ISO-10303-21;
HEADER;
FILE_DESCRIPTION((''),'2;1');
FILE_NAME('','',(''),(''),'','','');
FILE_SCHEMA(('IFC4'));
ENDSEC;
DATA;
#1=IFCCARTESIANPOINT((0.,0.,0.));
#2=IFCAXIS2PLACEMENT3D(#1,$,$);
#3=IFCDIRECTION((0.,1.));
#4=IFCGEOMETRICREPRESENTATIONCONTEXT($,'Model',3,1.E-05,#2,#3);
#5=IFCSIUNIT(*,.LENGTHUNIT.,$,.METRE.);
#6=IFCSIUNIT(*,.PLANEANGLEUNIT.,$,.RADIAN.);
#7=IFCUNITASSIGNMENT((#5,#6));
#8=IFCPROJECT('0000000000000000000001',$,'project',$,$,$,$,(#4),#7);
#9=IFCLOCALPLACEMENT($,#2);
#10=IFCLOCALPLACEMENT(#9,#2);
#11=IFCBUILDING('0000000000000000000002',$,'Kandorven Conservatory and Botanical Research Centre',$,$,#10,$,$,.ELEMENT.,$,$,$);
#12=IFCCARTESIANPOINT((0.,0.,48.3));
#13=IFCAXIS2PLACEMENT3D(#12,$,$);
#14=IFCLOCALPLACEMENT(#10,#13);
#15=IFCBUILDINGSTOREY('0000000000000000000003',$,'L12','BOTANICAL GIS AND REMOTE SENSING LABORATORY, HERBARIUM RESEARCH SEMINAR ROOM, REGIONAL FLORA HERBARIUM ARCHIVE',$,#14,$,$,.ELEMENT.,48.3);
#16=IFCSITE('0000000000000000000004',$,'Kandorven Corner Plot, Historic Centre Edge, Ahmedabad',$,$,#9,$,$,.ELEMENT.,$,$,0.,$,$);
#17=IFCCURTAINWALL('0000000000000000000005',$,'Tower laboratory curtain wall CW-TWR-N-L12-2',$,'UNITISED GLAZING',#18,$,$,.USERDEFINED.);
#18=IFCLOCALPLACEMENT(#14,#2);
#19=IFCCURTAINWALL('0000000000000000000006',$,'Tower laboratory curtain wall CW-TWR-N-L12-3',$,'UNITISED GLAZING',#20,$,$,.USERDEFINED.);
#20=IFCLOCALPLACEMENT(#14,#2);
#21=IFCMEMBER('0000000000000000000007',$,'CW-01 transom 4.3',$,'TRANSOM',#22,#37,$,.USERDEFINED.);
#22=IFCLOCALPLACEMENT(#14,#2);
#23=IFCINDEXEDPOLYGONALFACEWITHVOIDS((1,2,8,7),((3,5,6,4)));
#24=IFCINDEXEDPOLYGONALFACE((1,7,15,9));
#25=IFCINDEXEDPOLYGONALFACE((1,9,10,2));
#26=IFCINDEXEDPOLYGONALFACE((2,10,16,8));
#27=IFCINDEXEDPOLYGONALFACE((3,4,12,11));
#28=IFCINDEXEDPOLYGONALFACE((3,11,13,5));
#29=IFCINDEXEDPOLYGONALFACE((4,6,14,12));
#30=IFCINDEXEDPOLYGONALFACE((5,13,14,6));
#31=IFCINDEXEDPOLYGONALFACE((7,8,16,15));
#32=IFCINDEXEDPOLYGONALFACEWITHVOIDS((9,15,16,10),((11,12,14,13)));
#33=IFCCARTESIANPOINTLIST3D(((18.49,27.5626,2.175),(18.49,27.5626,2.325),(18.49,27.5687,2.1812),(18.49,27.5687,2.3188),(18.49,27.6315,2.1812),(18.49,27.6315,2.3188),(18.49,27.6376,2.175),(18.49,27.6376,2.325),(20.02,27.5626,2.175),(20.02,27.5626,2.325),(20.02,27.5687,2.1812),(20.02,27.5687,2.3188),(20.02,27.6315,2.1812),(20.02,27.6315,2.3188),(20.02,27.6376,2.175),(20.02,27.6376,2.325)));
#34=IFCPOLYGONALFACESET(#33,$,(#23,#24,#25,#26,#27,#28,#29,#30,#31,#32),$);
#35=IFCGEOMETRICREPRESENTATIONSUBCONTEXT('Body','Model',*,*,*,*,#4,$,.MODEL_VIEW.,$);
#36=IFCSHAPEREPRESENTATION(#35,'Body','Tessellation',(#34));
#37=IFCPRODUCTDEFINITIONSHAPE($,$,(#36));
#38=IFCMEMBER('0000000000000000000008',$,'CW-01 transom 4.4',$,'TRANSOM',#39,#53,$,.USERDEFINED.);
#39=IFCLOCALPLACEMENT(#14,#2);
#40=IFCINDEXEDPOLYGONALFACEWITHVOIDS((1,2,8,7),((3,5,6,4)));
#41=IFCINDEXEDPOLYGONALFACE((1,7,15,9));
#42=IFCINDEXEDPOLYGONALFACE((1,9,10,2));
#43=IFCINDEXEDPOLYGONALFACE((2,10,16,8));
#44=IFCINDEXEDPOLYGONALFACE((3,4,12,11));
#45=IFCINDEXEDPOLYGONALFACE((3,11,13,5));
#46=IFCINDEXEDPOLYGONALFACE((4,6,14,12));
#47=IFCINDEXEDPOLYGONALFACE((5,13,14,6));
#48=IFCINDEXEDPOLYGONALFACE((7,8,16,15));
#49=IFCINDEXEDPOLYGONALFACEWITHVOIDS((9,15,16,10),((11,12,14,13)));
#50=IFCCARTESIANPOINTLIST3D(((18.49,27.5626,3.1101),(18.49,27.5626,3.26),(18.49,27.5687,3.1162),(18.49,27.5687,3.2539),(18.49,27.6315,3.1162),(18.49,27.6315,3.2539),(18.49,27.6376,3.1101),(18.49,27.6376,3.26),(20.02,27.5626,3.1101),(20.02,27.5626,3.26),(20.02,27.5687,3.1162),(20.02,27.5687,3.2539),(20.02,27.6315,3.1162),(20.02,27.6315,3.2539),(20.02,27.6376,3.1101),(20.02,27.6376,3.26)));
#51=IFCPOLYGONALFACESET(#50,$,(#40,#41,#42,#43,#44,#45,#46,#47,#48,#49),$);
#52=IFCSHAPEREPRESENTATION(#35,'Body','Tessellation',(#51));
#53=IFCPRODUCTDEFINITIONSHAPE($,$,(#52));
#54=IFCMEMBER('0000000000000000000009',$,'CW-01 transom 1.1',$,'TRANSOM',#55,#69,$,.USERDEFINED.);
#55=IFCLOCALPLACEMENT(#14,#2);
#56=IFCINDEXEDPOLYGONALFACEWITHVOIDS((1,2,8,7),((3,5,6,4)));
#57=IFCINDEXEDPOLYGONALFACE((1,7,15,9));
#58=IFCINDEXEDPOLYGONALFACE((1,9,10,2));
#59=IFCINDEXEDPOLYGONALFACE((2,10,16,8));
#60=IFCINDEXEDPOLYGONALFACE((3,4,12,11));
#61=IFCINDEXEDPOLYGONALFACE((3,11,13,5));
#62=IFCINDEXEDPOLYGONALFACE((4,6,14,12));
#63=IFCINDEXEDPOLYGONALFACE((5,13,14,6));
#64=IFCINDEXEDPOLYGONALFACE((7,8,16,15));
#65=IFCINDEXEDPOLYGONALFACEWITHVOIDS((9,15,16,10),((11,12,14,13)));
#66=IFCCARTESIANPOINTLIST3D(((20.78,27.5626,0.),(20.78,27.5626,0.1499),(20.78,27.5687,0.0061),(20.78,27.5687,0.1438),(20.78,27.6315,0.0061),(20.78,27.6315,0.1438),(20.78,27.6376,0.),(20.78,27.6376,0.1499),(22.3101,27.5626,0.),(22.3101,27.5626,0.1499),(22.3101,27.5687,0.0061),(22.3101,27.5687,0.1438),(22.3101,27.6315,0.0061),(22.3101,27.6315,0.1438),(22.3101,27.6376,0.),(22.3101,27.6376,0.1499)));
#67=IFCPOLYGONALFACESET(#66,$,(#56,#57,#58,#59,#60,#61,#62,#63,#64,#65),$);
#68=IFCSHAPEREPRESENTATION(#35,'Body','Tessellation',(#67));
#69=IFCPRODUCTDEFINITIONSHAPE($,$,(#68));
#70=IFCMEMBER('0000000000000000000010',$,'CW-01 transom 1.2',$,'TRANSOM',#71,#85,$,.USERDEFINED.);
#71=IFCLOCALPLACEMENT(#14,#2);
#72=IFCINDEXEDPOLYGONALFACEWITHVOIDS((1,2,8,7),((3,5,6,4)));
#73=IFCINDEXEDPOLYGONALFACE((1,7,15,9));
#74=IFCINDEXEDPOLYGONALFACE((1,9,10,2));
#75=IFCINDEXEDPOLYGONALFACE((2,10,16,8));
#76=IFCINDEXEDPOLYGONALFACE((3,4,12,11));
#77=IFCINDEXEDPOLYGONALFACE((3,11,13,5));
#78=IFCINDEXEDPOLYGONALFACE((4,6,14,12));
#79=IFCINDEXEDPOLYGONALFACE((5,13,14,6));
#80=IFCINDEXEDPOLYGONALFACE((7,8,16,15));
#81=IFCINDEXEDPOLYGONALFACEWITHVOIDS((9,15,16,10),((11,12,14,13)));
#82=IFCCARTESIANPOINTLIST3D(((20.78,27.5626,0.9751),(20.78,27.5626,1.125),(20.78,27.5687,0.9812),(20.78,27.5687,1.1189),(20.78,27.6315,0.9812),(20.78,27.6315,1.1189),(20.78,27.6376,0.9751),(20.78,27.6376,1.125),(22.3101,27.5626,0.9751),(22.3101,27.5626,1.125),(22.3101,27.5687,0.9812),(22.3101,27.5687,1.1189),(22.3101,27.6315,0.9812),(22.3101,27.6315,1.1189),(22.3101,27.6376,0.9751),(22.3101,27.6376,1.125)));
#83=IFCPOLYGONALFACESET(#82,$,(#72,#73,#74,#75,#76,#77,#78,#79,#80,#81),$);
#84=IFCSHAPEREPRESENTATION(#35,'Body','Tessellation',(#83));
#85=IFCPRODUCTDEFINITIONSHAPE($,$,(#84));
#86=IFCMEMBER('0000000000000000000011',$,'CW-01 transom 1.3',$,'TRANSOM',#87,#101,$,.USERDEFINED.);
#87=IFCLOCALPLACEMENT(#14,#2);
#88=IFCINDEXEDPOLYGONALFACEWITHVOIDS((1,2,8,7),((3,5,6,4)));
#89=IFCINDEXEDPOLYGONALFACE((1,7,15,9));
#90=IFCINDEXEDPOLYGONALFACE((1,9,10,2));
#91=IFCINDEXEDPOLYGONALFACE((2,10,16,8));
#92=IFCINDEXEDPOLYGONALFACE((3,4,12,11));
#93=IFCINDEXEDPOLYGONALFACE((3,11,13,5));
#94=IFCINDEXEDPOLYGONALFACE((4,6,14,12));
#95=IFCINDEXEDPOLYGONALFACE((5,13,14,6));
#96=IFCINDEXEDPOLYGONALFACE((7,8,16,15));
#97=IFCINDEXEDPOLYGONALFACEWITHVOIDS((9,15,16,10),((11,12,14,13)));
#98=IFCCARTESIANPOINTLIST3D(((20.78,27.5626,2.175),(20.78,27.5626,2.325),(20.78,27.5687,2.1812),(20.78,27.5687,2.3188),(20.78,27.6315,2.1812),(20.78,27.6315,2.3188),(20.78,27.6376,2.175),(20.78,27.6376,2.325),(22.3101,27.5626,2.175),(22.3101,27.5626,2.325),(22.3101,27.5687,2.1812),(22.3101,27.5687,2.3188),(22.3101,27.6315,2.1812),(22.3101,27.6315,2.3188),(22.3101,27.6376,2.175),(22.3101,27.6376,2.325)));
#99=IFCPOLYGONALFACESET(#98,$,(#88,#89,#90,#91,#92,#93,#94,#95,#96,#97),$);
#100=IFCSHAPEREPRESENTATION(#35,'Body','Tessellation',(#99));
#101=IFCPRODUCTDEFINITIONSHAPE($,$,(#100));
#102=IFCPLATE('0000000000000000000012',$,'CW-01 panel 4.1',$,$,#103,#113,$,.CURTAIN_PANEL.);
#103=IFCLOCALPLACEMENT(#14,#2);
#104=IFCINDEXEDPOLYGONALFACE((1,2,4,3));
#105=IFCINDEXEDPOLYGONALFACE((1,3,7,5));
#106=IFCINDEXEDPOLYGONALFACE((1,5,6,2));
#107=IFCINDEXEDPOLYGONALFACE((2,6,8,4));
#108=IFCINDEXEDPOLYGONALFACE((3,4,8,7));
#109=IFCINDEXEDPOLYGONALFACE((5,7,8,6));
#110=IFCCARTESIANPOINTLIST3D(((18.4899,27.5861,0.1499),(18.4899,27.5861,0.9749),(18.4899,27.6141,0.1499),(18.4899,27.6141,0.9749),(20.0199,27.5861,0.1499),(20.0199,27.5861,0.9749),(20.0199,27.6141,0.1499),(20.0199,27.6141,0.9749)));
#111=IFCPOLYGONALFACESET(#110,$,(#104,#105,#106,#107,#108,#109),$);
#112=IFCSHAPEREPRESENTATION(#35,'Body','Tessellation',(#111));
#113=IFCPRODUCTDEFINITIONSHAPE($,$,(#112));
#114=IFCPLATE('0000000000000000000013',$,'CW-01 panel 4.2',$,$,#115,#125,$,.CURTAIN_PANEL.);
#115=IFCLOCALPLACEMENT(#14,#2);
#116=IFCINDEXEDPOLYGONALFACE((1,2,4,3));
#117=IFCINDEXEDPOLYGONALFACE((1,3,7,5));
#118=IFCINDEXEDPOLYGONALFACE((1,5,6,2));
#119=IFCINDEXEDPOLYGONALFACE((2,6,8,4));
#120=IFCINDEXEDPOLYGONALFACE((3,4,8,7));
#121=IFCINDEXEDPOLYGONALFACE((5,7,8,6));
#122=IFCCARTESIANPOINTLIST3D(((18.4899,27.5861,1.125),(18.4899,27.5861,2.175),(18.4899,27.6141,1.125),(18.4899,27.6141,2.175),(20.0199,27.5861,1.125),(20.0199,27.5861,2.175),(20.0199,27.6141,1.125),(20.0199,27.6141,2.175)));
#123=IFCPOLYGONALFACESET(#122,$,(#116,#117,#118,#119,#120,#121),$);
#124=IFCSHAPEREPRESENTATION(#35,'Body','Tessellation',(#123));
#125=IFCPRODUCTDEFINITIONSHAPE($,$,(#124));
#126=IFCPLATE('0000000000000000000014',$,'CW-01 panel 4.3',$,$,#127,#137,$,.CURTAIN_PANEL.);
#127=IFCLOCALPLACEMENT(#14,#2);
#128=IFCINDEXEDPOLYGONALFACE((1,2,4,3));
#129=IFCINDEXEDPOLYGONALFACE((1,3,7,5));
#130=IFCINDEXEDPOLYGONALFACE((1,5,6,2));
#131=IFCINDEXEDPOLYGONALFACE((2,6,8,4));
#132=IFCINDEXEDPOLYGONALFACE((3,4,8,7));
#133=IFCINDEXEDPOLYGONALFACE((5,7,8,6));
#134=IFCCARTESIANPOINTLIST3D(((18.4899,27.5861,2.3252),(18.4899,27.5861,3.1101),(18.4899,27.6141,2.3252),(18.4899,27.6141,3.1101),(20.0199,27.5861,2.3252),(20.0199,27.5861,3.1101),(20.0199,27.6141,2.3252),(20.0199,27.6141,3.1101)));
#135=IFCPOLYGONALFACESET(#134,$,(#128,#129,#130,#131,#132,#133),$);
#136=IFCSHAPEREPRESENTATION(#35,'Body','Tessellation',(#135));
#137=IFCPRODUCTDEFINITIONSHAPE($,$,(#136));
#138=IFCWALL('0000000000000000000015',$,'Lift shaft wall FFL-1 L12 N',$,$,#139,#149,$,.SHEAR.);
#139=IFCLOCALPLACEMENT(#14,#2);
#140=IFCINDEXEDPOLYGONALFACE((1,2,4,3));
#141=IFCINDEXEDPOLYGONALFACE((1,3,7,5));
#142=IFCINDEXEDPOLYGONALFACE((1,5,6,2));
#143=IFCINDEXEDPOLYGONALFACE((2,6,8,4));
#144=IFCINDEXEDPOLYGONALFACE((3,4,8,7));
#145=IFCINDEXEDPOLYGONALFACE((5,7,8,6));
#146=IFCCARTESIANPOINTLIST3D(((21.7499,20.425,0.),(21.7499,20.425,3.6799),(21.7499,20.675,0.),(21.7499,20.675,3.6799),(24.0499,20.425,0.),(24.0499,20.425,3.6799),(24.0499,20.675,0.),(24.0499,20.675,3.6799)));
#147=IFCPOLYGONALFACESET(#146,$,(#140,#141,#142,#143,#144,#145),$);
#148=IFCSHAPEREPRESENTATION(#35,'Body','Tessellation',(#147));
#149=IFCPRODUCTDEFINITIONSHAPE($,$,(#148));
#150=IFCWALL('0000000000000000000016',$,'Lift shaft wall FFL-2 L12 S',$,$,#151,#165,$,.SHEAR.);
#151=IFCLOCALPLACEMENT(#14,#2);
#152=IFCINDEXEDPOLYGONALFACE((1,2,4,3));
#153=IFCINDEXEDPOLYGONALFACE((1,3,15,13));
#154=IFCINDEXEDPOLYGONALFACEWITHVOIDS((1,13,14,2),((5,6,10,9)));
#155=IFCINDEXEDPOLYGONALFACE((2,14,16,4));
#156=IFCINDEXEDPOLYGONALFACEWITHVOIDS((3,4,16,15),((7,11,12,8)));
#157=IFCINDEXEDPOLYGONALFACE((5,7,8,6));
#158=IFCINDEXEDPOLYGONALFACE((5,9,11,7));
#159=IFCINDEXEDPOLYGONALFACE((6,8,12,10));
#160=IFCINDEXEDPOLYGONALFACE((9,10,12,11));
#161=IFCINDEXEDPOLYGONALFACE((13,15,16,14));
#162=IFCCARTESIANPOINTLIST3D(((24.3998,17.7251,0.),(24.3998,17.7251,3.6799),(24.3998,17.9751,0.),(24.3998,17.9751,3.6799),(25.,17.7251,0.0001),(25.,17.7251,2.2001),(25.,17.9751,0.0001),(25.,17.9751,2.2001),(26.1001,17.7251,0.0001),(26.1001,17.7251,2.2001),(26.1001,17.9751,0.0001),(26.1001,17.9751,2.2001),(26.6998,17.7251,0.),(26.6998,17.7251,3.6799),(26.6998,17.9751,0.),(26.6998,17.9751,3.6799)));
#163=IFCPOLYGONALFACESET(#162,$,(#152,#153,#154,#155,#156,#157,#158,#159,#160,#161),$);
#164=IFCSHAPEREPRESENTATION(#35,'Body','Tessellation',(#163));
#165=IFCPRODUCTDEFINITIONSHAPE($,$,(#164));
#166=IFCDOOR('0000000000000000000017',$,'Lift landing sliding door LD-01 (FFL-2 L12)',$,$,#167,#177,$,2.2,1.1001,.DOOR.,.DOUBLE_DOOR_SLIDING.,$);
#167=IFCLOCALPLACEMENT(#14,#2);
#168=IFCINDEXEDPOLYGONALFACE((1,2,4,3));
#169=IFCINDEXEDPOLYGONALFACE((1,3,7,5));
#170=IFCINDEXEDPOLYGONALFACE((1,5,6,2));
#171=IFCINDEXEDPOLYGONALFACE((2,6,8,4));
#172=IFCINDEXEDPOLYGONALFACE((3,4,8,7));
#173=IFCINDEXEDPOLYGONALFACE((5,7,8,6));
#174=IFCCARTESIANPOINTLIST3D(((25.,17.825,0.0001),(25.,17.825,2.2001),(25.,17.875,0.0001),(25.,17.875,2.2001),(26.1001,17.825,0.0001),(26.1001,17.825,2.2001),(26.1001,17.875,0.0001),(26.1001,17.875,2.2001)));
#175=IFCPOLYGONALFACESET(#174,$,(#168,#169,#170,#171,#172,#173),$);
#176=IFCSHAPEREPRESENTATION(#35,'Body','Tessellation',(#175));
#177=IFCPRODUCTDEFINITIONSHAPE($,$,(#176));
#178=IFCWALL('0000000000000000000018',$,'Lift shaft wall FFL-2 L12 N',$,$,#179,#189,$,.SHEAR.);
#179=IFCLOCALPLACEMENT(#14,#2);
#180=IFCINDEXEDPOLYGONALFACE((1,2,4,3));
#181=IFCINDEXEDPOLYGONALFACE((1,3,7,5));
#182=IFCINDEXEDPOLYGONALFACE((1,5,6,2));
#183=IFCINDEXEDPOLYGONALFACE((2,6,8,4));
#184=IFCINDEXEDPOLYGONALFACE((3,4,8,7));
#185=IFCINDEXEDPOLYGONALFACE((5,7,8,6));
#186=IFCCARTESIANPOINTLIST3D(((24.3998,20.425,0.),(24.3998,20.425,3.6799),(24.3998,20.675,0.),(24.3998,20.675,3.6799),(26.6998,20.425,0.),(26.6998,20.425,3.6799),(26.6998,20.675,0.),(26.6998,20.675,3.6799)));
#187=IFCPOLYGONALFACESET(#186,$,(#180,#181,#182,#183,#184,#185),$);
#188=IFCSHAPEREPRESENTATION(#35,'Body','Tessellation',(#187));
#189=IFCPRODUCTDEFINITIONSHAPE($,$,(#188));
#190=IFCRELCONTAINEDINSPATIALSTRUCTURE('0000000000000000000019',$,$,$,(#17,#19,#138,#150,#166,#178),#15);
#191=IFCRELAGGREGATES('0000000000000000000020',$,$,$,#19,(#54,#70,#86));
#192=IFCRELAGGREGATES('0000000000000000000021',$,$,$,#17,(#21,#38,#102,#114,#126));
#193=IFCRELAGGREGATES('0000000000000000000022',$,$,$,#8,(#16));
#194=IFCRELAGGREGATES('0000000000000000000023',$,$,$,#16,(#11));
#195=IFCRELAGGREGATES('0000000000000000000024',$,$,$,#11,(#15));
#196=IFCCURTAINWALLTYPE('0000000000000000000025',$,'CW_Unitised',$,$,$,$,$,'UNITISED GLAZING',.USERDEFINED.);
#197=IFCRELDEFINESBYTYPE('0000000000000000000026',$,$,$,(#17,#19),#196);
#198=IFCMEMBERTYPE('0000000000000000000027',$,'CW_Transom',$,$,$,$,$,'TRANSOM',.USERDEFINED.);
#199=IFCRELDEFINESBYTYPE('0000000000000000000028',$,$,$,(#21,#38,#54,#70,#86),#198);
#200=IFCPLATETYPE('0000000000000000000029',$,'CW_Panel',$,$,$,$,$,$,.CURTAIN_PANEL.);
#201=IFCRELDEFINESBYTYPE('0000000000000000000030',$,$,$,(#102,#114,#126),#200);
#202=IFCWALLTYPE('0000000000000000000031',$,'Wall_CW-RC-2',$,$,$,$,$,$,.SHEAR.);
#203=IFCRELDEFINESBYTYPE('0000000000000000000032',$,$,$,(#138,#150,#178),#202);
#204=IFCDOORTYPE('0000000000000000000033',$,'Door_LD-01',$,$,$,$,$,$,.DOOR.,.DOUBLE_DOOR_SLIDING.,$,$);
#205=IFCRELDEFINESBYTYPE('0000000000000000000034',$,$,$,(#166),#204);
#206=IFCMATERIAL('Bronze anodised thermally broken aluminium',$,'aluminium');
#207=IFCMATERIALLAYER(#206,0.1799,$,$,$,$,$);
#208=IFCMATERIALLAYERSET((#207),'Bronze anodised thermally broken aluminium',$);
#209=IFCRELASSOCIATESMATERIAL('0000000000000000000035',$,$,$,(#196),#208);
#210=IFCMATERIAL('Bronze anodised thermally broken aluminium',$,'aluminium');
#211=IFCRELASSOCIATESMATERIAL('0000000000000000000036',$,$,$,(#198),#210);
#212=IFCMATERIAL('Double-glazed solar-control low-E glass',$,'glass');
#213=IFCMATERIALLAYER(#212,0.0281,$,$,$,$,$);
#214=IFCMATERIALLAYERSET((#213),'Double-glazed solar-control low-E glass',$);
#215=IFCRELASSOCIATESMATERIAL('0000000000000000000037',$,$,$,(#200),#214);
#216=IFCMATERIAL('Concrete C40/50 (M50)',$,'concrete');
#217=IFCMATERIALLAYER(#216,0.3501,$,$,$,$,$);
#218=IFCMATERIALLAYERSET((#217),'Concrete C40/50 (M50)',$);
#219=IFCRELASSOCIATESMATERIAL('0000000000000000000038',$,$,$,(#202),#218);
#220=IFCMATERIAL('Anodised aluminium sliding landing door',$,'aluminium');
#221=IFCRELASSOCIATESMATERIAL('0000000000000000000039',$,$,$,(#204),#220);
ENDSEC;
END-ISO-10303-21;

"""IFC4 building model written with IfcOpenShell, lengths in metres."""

from ifc_helpers import new_model, si_unit, direction, frame, frame_2d, origin, origin_2d, place, context, subcontext, project, spatial, rectangle, hollow_rectangle, extrude, material, layer, layer_set, material_profile, profile_set, type_object, element, fill, aggregate, save


model = new_model("IFC4")

# Units and contexts
model_context = context("Model", 3, precision=1e-05, world=origin(), true_north=direction((0.0, 1.0)))
body_context = subcontext(model_context, "Body", "Model", "MODEL_VIEW")
ifc_project = project(units=[si_unit("LENGTHUNIT", "METRE"), si_unit("PLANEANGLEUNIT", "RADIAN")], contexts=[model_context])

# Site, building, storey
site_placement = place(None, origin())
site = spatial("IfcSite", under=ifc_project, at=site_placement, Name="Kandorven Corner Plot, Historic Centre Edge, Ahmedabad", CompositionType="ELEMENT", RefElevation=0.0)
building_placement = place(site_placement, origin())
building = spatial("IfcBuilding", under=site, at=building_placement, Name="Kandorven Conservatory and Botanical Research Centre", CompositionType="ELEMENT")
storey_placement = place(building_placement, frame((0.0, 0.0, 48.3)))
storey = spatial("IfcBuildingStorey", under=building, at=storey_placement, Name="L12", Description="BOTANICAL GIS AND REMOTE SENSING LABORATORY, HERBARIUM RESEARCH SEMINAR ROOM, REGIONAL FLORA HERBARIUM ARCHIVE", CompositionType="ELEMENT", Elevation=48.3)

# Curtain walls
ifc_material_1 = material(Name="Bronze anodised thermally broken aluminium", Category="aluminium")
ifc_layer_1 = layer(ifc_material_1, 0.1799)
ifc_layer_set_1 = layer_set([ifc_layer_1], Name="Bronze anodised thermally broken aluminium")
curtain_wall_type = type_object("IfcCurtainWallType", Name="CW_Unitised", ElementType="UNITISED GLAZING", PredefinedType="USERDEFINED", material=ifc_layer_set_1)
curtain_wall_1_placement = place(storey_placement, origin())
curtain_wall_1 = element("IfcCurtainWall", 1, at=curtain_wall_1_placement, inside=storey, type_object=curtain_wall_type, Name="Tower laboratory curtain wall CW-TWR-N-L12-2", ObjectType="UNITISED GLAZING", PredefinedType="USERDEFINED")
curtain_wall_2_placement = place(storey_placement, origin())
curtain_wall_2 = element("IfcCurtainWall", 2, at=curtain_wall_2_placement, inside=storey, type_object=curtain_wall_type, Name="Tower laboratory curtain wall CW-TWR-N-L12-3", ObjectType="UNITISED GLAZING", PredefinedType="USERDEFINED")

# Members
ifc_material_2 = material(Name="Bronze anodised thermally broken aluminium", Category="aluminium")
ifc_material_profile_1 = material_profile(ifc_material_2, hollow_rectangle(XDim=0.075, YDim=0.1499, WallThickness=0.0061, at=origin_2d()))
ifc_profile_set_1 = profile_set([ifc_material_profile_1], Name="Bronze anodised thermally broken aluminium")
member_type_1 = type_object("IfcMemberType", Name="CW_Transom", ElementType="TRANSOM", PredefinedType="USERDEFINED", material=ifc_profile_set_1)
member_1_placement = place(storey_placement, frame((18.49, 27.6001, 2.25), z_axis=(1.0, 0.0, 0.0), x_axis=(0.0, 1.0, 0.0)))
member_1 = element("IfcMember", 3, at=member_1_placement, type_object=member_type_1, Name="CW-01 transom 4.3", ObjectType="TRANSOM", PredefinedType="USERDEFINED", context=body_context, shape_type="SweptSolid", body=[
    extrude(hollow_rectangle(XDim=0.075, YDim=0.1499, WallThickness=0.0061, at=origin_2d()), origin(), (0.0, 0.0, 1.0), 1.53),
])
member_2_placement = place(storey_placement, frame((18.49, 27.6001, 3.1851), z_axis=(1.0, 0.0, 0.0), x_axis=(0.0, 1.0, 0.0)))
member_2 = element("IfcMember", 4, at=member_2_placement, type_object=member_type_1, Name="CW-01 transom 4.4", ObjectType="TRANSOM", PredefinedType="USERDEFINED", context=body_context, shape_type="SweptSolid", body=[
    extrude(hollow_rectangle(XDim=0.075, YDim=0.1499, WallThickness=0.0061, at=origin_2d()), origin(), (0.0, 0.0, 1.0), 1.53),
])
member_3_placement = place(storey_placement, frame((20.78, 27.6001, 0.075), z_axis=(1.0, 0.0, 0.0), x_axis=(0.0, 1.0, 0.0)))
member_3 = element("IfcMember", 5, at=member_3_placement, type_object=member_type_1, Name="CW-01 transom 1.1", ObjectType="TRANSOM", PredefinedType="USERDEFINED", context=body_context, shape_type="SweptSolid", body=[
    extrude(hollow_rectangle(XDim=0.075, YDim=0.1499, WallThickness=0.0061, at=origin_2d()), origin(), (0.0, 0.0, 1.0), 1.53),
])
member_4_placement = place(storey_placement, frame((20.78, 27.6001, 1.05), z_axis=(1.0, 0.0, 0.0), x_axis=(0.0, 1.0, 0.0)))
member_4 = element("IfcMember", 6, at=member_4_placement, type_object=member_type_1, Name="CW-01 transom 1.2", ObjectType="TRANSOM", PredefinedType="USERDEFINED", context=body_context, shape_type="SweptSolid", body=[
    extrude(hollow_rectangle(XDim=0.075, YDim=0.1499, WallThickness=0.0061, at=origin_2d()), origin(), (0.0, 0.0, 1.0), 1.53),
])
member_5_placement = place(storey_placement, frame((20.78, 27.6001, 2.25), z_axis=(1.0, 0.0, 0.0), x_axis=(0.0, 1.0, 0.0)))
member_5 = element("IfcMember", 7, at=member_5_placement, type_object=member_type_1, Name="CW-01 transom 1.3", ObjectType="TRANSOM", PredefinedType="USERDEFINED", context=body_context, shape_type="SweptSolid", body=[
    extrude(hollow_rectangle(XDim=0.075, YDim=0.1499, WallThickness=0.0061, at=origin_2d()), origin(), (0.0, 0.0, 1.0), 1.53),
])
aggregate(curtain_wall_2, [member_3, member_4, member_5])

# Plates
ifc_material_3 = material(Name="Double-glazed solar-control low-E glass", Category="glass")
ifc_layer_2 = layer(ifc_material_3, 0.0281)
ifc_layer_set_2 = layer_set([ifc_layer_2], Name="Double-glazed solar-control low-E glass")
plate_type = type_object("IfcPlateType", Name="CW_Panel", PredefinedType="CURTAIN_PANEL", material=ifc_layer_set_2)
plate_1_placement = place(storey_placement, frame((19.2549, 27.6001, 0.1499), z_axis=(0.0, 0.0, 1.0), x_axis=(1.0, 0.0, 0.0)))
plate_1 = element("IfcPlate", 8, at=plate_1_placement, type_object=plate_type, Name="CW-01 panel 4.1", PredefinedType="CURTAIN_PANEL", context=body_context, shape_type="SweptSolid", body=[
    extrude(rectangle(XDim=1.53, YDim=0.0281, at=origin_2d()), origin(), (0.0, 0.0, 1.0), 0.825),
])
plate_2_placement = place(storey_placement, frame((19.2549, 27.6001, 1.125), z_axis=(0.0, 0.0, 1.0), x_axis=(1.0, 0.0, 0.0)))
plate_2 = element("IfcPlate", 9, at=plate_2_placement, type_object=plate_type, Name="CW-01 panel 4.2", PredefinedType="CURTAIN_PANEL", context=body_context, shape_type="SweptSolid", body=[
    extrude(rectangle(XDim=1.53, YDim=0.0281, at=origin_2d()), origin(), (0.0, 0.0, 1.0), 1.05),
])
plate_3_placement = place(storey_placement, frame((19.2549, 27.6001, 2.3252), z_axis=(0.0, 0.0, 1.0), x_axis=(1.0, 0.0, 0.0)))
plate_3 = element("IfcPlate", 10, at=plate_3_placement, type_object=plate_type, Name="CW-01 panel 4.3", PredefinedType="CURTAIN_PANEL", context=body_context, shape_type="SweptSolid", body=[
    extrude(rectangle(XDim=1.53, YDim=0.0281, at=origin_2d()), origin(), (0.0, 0.0, 1.0), 0.7849),
])
aggregate(curtain_wall_1, [member_1, member_2, plate_1, plate_2, plate_3])

# Wall
ifc_material_4 = material(Name="Concrete C40/50 (M50)", Category="concrete")
ifc_layer_3 = layer(ifc_material_4, 0.3501)
ifc_layer_set_3 = layer_set([ifc_layer_3], Name="Concrete C40/50 (M50)")
wall_type_1 = type_object("IfcWallType", Name="Wall_CW-RC-2", PredefinedType="SHEAR", material=ifc_layer_set_3)
wall_1_placement = place(storey_placement, frame((21.75, 20.55, 0.0), z_axis=(0.0, 0.0, 1.0), x_axis=(1.0, 0.0, 0.0)))
element("IfcWall", 11, at=wall_1_placement, inside=storey, type_object=wall_type_1, Name="Lift shaft wall FFL-1 L12 N", PredefinedType="SHEAR", context=body_context, shape_type="SweptSolid", body=[
    extrude(rectangle(XDim=2.3, YDim=0.25, at=frame_2d((1.1499, 0.0))), origin(), (0.0, 0.0, 1.0), 3.6799),
])

# Wall, opening, door
wall_2_placement = place(storey_placement, frame((24.3999, 17.8501, 0.0), z_axis=(0.0, 0.0, 1.0), x_axis=(1.0, 0.0, 0.0)))
wall_2 = element("IfcWall", 12, at=wall_2_placement, inside=storey, type_object=wall_type_1, Name="Lift shaft wall FFL-2 L12 S", PredefinedType="SHEAR", context=body_context, shape_type="SweptSolid", body=[
    extrude(rectangle(XDim=2.3, YDim=0.25, at=frame_2d((1.1499, 0.0))), origin(), (0.0, 0.0, 1.0), 3.6799),
])
opening_1_placement = place(wall_2_placement, frame((0.6001, 0.0, 0.0)))
opening_1 = element("IfcOpeningElement", 13, at=opening_1_placement, cuts=wall_2, PredefinedType="OPENING", context=body_context, shape_type="SweptSolid", body=[
    extrude(rectangle(XDim=1.1001, YDim=2.2, at=frame_2d((0.55, 1.1001))), frame((0.0, 0.135, 0.0), z_axis=(0.0, -1.0, 0.0), x_axis=(1.0, 0.0, 0.0)), (0.0, 0.0, 1.0), 0.27),
])
ifc_material_5 = material(Name="Anodised aluminium sliding landing door", Category="aluminium")
door_type_1 = type_object("IfcDoorType", Name="Door_LD-01", OperationType="DOUBLE_DOOR_SLIDING", PredefinedType="DOOR", material=ifc_material_5)
door_1_placement = place(opening_1_placement, origin())
door_1 = element("IfcDoor", 14, at=door_1_placement, inside=storey, type_object=door_type_1, Name="Lift landing sliding door LD-01 (FFL-2 L12)", OperationType="DOUBLE_DOOR_SLIDING", OverallHeight=2.2, OverallWidth=1.1001, PredefinedType="DOOR", context=body_context, shape_type="SweptSolid", body=[
    extrude(rectangle(XDim=1.1001, YDim=2.2, at=frame_2d((0.55, 1.1001))), frame((0.0, 0.0249, 0.0), z_axis=(0.0, -1.0, 0.0), x_axis=(1.0, 0.0, 0.0)), (0.0, 0.0, 1.0), 0.05),
])
fill(opening_1, door_1)

# Wall
wall_3_placement = place(storey_placement, frame((24.3999, 20.55, 0.0), z_axis=(0.0, 0.0, 1.0), x_axis=(1.0, 0.0, 0.0)))
element("IfcWall", 15, at=wall_3_placement, inside=storey, type_object=wall_type_1, Name="Lift shaft wall FFL-2 L12 N", PredefinedType="SHEAR", context=body_context, shape_type="SweptSolid", body=[
    extrude(rectangle(XDim=2.3, YDim=0.25, at=frame_2d((1.1499, 0.0))), origin(), (0.0, 0.0, 1.0), 3.6799),
])

save(model, "model.ifc")
